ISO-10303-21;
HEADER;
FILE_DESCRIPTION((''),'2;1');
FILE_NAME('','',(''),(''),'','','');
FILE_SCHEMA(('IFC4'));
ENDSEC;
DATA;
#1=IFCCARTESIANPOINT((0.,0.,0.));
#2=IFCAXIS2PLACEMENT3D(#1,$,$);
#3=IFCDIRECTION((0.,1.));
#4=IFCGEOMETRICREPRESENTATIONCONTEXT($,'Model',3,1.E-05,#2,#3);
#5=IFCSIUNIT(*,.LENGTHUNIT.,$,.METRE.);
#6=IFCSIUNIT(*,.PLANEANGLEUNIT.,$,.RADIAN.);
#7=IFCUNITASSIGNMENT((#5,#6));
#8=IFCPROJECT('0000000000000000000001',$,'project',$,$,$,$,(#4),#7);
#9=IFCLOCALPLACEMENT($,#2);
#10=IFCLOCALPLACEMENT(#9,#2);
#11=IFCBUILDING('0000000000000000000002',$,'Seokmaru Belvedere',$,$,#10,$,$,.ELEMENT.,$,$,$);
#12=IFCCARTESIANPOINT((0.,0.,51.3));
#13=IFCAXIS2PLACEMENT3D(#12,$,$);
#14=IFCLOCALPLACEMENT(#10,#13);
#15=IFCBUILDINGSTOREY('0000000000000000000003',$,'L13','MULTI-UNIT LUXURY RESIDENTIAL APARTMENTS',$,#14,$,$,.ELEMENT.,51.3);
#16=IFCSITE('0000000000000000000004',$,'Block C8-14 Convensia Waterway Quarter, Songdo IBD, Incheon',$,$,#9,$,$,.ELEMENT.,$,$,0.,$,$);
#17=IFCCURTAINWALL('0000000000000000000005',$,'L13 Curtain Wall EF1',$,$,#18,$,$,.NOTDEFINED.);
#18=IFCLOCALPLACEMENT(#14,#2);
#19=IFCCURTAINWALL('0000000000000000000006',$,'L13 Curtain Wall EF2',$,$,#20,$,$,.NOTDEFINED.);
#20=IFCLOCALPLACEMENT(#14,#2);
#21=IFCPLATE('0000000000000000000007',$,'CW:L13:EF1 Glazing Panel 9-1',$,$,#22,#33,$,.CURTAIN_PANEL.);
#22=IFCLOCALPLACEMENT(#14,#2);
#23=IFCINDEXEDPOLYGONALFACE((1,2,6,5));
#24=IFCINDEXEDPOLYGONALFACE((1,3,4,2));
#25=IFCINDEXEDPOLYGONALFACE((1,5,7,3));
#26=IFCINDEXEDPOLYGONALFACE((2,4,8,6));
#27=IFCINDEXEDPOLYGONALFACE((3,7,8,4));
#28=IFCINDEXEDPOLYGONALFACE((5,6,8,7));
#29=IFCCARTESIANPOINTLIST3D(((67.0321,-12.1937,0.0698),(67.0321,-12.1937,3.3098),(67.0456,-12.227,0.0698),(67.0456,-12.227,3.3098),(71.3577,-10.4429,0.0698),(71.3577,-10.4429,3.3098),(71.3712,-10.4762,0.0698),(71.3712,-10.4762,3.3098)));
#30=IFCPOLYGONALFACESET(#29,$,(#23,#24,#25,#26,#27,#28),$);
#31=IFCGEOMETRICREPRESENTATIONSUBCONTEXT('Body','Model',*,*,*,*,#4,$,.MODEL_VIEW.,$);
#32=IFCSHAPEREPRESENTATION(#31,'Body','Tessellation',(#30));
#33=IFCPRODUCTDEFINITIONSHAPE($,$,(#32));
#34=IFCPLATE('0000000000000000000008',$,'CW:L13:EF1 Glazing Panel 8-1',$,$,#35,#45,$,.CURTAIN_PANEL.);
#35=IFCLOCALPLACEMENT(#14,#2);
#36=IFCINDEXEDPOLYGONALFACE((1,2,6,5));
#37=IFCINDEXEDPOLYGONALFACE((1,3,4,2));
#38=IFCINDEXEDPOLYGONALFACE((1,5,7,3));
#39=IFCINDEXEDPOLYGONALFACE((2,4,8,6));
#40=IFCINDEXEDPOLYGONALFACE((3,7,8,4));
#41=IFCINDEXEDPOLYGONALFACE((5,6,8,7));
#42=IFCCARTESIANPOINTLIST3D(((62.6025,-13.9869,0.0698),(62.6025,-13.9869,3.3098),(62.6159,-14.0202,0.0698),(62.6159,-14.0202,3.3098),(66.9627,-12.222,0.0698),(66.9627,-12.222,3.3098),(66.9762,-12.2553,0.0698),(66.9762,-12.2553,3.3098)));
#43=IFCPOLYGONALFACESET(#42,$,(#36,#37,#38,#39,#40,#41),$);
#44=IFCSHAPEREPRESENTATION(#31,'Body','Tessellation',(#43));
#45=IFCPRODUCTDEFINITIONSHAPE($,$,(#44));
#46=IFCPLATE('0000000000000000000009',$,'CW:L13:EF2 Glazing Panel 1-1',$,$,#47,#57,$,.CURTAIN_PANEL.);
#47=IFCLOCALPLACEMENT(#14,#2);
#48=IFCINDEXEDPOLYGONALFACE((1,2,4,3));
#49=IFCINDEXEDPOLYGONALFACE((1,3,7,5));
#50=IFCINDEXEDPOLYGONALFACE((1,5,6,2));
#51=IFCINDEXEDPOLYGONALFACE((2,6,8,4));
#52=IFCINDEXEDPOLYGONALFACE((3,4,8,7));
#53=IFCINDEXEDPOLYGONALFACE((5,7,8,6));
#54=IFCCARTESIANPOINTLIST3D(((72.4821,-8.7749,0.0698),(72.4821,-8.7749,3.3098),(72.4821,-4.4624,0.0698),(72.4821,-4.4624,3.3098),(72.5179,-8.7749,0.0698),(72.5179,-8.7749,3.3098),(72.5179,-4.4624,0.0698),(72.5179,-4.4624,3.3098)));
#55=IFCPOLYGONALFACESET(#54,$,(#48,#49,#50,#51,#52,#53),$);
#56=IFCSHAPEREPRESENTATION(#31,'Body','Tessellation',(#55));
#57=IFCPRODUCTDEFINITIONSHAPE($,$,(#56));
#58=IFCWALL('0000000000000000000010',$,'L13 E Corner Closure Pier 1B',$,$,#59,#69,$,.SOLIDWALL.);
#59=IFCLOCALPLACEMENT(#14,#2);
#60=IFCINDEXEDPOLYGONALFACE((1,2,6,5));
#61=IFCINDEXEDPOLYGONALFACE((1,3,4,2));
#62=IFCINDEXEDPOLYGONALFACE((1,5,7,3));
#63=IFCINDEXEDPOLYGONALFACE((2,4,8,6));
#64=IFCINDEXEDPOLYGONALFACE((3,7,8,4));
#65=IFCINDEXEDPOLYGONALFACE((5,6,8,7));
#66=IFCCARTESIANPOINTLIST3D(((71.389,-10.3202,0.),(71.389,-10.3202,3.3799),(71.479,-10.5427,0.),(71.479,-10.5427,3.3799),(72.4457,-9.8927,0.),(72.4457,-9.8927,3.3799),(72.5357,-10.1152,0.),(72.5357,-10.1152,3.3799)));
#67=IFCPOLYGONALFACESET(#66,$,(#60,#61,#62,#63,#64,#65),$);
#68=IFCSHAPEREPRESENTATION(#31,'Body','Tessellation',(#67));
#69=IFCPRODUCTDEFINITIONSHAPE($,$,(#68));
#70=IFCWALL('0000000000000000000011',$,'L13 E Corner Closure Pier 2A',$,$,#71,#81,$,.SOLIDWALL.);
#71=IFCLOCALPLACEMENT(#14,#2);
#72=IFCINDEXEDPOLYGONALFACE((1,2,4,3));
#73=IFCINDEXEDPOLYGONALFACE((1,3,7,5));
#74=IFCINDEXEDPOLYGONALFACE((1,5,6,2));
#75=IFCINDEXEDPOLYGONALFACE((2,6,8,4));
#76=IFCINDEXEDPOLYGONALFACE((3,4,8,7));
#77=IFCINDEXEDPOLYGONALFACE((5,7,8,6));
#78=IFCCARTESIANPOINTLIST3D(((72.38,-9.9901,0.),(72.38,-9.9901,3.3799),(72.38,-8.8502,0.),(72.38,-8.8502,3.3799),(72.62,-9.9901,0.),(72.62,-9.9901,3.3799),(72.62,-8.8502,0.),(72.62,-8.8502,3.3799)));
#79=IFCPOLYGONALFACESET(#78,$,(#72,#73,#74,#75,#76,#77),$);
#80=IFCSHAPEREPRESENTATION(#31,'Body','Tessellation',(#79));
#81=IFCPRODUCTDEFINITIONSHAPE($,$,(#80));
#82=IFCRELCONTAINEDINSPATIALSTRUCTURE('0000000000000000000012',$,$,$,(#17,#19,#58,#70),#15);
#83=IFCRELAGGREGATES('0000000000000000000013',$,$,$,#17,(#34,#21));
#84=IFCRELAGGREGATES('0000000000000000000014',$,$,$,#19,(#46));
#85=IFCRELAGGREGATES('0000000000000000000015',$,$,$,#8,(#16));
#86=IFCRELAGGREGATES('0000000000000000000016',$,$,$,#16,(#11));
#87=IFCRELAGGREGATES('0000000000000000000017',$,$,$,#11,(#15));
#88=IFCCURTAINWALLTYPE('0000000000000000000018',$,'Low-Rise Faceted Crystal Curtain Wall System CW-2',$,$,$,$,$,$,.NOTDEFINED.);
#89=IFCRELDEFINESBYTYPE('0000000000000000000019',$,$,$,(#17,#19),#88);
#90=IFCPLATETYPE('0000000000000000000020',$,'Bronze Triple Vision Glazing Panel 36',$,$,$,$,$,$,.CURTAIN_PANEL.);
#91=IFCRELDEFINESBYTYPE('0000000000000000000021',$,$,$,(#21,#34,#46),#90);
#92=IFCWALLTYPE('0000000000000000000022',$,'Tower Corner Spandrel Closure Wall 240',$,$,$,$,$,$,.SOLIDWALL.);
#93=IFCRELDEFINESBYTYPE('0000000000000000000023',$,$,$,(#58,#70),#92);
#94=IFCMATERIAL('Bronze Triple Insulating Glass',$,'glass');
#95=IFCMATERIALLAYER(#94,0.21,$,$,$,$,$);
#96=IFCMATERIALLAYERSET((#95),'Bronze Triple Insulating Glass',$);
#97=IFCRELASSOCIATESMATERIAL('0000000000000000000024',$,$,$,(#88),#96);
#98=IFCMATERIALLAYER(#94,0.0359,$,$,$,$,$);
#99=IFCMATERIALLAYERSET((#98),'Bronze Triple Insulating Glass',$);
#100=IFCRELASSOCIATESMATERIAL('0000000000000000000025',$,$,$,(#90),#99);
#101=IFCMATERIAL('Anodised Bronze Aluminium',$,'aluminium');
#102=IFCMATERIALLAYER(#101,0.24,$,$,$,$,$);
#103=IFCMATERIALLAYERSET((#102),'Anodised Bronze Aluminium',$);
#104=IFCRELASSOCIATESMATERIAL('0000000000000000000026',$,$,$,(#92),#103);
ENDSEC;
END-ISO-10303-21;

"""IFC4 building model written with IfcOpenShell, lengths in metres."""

from ifc_helpers import new_model, si_unit, direction, frame, frame_2d, origin, origin_2d, place, context, subcontext, project, spatial, rectangle, extrude, source, transform, mapped, material, layer, layer_set, type_object, type_shapes, element, aggregate, save


model = new_model("IFC4")

# Units and contexts
model_context = context("Model", 3, precision=1e-05, world=origin(), true_north=direction((0.0, 1.0)))
body_context = subcontext(model_context, "Body", "Model", "MODEL_VIEW")
ifc_project = project(units=[si_unit("LENGTHUNIT", "METRE"), si_unit("PLANEANGLEUNIT", "RADIAN")], contexts=[model_context])

# Site, building, storey
site_placement = place(None, origin())
site = spatial("IfcSite", under=ifc_project, at=site_placement, Name="Block C8-14 Convensia Waterway Quarter, Songdo IBD, Incheon", CompositionType="ELEMENT", RefElevation=0.0)
building_placement = place(site_placement, origin())
building = spatial("IfcBuilding", under=site, at=building_placement, Name="Seokmaru Belvedere", CompositionType="ELEMENT")
storey_placement = place(building_placement, frame((0.0, 0.0, 51.3)))
storey = spatial("IfcBuildingStorey", under=building, at=storey_placement, Name="L13", Description="MULTI-UNIT LUXURY RESIDENTIAL APARTMENTS", CompositionType="ELEMENT", Elevation=51.3)

# Curtain walls
ifc_material_1 = material(Name="Bronze Triple Insulating Glass", Category="glass")
ifc_layer_1 = layer(ifc_material_1, 0.21)
ifc_layer_set_1 = layer_set([ifc_layer_1], Name="Bronze Triple Insulating Glass")
curtain_wall_type = type_object("IfcCurtainWallType", Name="Low-Rise Faceted Crystal Curtain Wall System CW-2", PredefinedType="NOTDEFINED", material=ifc_layer_set_1)
curtain_wall_1_placement = place(storey_placement, origin())
curtain_wall_1 = element("IfcCurtainWall", 1, at=curtain_wall_1_placement, inside=storey, type_object=curtain_wall_type, Name="L13 Curtain Wall EF1", PredefinedType="NOTDEFINED")
ifc_material_2 = material(Name="Anodised Bronze Aluminium", Category="aluminium")
curtain_wall_2_placement = place(storey_placement, origin())
curtain_wall_2 = element("IfcCurtainWall", 2, at=curtain_wall_2_placement, inside=storey, type_object=curtain_wall_type, Name="L13 Curtain Wall EF2", PredefinedType="NOTDEFINED")

# Plates
ifc_layer_2 = layer(ifc_material_1, 0.0359)
ifc_layer_set_2 = layer_set([ifc_layer_2], Name="Bronze Triple Insulating Glass")
plate_type = type_object("IfcPlateType", Name="Bronze Triple Vision Glazing Panel 36", PredefinedType="CURTAIN_PANEL", material=ifc_layer_set_2)
shared_shape_1 = source(origin(), body_context, "Body", "SweptSolid", [
    extrude(rectangle(XDim=4.6665, YDim=0.0359, at=origin_2d()), origin(), (0.0, 0.0, 1.0), 3.24),
])
plate_1_placement = place(storey_placement, frame((69.2017, -11.335, 0.0698), z_axis=(0.0, 0.0, 1.0), x_axis=(0.926947, 0.375192, 0.0)))
plate_1 = element("IfcPlate", 3, at=plate_1_placement, type_object=plate_type, Name="CW:L13:EF1 Glazing Panel 9-1", PredefinedType="CURTAIN_PANEL", context=body_context, shape_type="MappedRepresentation", body=[
    mapped(shared_shape_1, transform((0.0, 0.0, 0.0), scale=1.0)),
])
shared_shape_2 = source(origin(), body_context, "Body", "SweptSolid", [
    extrude(rectangle(XDim=4.7039, YDim=0.0359, at=origin_2d()), origin(), (0.0, 0.0, 1.0), 3.24),
])
plate_2_placement = place(storey_placement, frame((64.7893, -13.1211, 0.0698), z_axis=(0.0, 0.0, 1.0), x_axis=(0.926947, 0.375192, 0.0)))
plate_2 = element("IfcPlate", 4, at=plate_2_placement, type_object=plate_type, Name="CW:L13:EF1 Glazing Panel 8-1", PredefinedType="CURTAIN_PANEL", context=body_context, shape_type="MappedRepresentation", body=[
    mapped(shared_shape_2, transform((0.0, 0.0, 0.0), scale=1.0)),
])
aggregate(curtain_wall_1, [plate_2, plate_1])
shared_shape_3 = source(origin(), body_context, "Body", "SweptSolid", [
    extrude(rectangle(XDim=4.3125, YDim=0.0359, at=origin_2d()), origin(), (0.0, 0.0, 1.0), 3.24),
])
type_shapes(plate_type, [shared_shape_1, shared_shape_2, shared_shape_3])
plate_3_placement = place(storey_placement, frame((72.5, -6.6187, 0.0698), z_axis=(0.0, 0.0, 1.0), x_axis=(0.0, 1.0, 0.0)))
plate_3 = element("IfcPlate", 5, at=plate_3_placement, type_object=plate_type, Name="CW:L13:EF2 Glazing Panel 1-1", PredefinedType="CURTAIN_PANEL", context=body_context, shape_type="MappedRepresentation", body=[
    mapped(shared_shape_3, transform((0.0, 0.0, 0.0), scale=1.0)),
])
aggregate(curtain_wall_2, [plate_3])

# Walls
ifc_layer_3 = layer(ifc_material_2, 0.24)
ifc_layer_set_3 = layer_set([ifc_layer_3], Name="Anodised Bronze Aluminium")
wall_type = type_object("IfcWallType", Name="Tower Corner Spandrel Closure Wall 240", PredefinedType="SOLIDWALL", material=ifc_layer_set_3)
for number, where, z_axis, x_axis, name in (
    (6, (71.4341, -10.4314, 0.0), (0.0, 0.0, 1.0), (0.927007, 0.375044, 0.0), "L13 E Corner Closure Pier 1B"),
    (7, (72.5, -9.99, 0.0), (0.0, 0.0, 1.0), (0.0, 1.0, 0.0), "L13 E Corner Closure Pier 2A"),
):
    element("IfcWall", number, at=place(storey_placement, frame(where, z_axis=z_axis, x_axis=x_axis)), inside=storey, type_object=wall_type, Name=name, PredefinedType="SOLIDWALL", context=body_context, shape_type="SweptSolid", body=[
        extrude(rectangle(XDim=1.1399, YDim=0.24, at=frame_2d((0.5698, 0.0))), origin(), (0.0, 0.0, 1.0), 3.3799),
    ])

save(model, "model.ifc")
